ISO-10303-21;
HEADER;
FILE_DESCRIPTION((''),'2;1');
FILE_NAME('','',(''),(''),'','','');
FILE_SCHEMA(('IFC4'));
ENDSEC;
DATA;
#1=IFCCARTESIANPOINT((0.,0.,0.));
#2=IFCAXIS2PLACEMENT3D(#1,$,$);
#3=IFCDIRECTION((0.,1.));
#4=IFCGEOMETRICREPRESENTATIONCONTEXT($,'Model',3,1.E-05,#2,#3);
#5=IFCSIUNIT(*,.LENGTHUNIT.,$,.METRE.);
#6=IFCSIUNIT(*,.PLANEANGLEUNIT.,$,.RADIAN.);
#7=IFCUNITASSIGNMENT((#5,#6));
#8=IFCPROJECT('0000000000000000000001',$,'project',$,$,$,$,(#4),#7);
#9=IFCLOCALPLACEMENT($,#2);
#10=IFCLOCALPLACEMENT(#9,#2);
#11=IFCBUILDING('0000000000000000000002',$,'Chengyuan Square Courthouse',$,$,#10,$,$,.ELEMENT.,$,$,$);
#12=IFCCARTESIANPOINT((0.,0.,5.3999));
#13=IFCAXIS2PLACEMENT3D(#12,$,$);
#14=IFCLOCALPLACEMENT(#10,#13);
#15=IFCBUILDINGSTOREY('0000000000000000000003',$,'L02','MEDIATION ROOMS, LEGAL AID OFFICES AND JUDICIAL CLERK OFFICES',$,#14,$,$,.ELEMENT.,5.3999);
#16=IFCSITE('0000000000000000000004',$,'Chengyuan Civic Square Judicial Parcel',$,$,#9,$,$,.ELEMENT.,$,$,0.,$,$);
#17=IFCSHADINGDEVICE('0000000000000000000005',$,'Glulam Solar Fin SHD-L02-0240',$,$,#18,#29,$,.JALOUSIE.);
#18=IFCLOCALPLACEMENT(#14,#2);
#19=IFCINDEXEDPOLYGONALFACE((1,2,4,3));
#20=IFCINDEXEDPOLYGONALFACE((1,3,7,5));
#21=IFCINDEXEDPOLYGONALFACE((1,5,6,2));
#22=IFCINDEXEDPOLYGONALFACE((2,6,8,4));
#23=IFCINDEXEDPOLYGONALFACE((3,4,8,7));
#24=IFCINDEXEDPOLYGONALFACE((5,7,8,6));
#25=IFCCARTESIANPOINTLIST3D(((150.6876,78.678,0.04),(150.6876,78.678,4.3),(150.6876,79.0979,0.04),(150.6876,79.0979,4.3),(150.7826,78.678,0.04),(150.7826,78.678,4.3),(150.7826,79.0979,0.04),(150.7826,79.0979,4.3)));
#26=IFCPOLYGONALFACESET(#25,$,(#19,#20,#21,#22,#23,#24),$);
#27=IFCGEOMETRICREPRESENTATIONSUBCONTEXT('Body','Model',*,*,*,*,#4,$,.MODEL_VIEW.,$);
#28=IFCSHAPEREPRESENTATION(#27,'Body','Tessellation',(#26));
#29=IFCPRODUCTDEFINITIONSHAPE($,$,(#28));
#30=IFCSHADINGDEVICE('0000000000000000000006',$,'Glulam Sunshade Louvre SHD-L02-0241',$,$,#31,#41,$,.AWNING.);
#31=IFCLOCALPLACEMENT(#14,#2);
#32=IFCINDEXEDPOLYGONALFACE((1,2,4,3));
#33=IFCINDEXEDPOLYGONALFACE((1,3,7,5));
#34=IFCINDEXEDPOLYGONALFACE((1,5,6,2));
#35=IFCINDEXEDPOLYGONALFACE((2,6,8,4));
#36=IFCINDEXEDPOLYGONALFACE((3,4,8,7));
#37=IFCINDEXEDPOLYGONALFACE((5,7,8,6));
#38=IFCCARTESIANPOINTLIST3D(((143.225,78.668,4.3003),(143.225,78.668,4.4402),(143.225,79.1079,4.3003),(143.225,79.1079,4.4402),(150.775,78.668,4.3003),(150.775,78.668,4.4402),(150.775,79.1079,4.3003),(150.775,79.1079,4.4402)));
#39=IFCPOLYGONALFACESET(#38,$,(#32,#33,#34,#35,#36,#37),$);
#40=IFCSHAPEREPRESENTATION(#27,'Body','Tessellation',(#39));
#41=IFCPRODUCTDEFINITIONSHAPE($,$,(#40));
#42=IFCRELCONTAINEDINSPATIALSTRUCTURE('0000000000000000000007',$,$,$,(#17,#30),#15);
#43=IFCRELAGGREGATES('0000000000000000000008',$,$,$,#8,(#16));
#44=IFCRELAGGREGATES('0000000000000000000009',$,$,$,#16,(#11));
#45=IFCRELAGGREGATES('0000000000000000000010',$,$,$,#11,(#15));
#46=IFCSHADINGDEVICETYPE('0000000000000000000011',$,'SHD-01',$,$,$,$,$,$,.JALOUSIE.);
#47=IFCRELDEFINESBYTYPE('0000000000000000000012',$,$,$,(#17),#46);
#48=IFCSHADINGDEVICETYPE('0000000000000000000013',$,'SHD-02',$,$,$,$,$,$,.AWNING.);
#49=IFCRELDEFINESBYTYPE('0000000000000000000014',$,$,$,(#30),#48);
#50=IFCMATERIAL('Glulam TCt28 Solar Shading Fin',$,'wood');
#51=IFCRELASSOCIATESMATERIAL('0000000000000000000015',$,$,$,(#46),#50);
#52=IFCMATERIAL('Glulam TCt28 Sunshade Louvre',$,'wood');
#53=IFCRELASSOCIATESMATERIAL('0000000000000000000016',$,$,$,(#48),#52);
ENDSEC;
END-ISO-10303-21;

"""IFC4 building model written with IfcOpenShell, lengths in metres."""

from ifc_helpers import new_model, si_unit, direction, frame, origin, origin_2d, place, context, subcontext, project, spatial, rectangle, extrude, material, type_object, element, save


model = new_model("IFC4")

# Units and contexts
model_context = context("Model", 3, precision=1e-05, world=origin(), true_north=direction((0.0, 1.0)))
body_context = subcontext(model_context, "Body", "Model", "MODEL_VIEW")
ifc_project = project(units=[si_unit("LENGTHUNIT", "METRE"), si_unit("PLANEANGLEUNIT", "RADIAN")], contexts=[model_context])

# Site, building, storey
site_placement = place(None, origin())
site = spatial("IfcSite", under=ifc_project, at=site_placement, Name="Chengyuan Civic Square Judicial Parcel", CompositionType="ELEMENT", RefElevation=0.0)
building_placement = place(site_placement, origin())
building = spatial("IfcBuilding", under=site, at=building_placement, Name="Chengyuan Square Courthouse", CompositionType="ELEMENT")
storey_placement = place(building_placement, frame((0.0, 0.0, 5.3999)))
storey = spatial("IfcBuildingStorey", under=building, at=storey_placement, Name="L02", Description="MEDIATION ROOMS, LEGAL AID OFFICES AND JUDICIAL CLERK OFFICES", CompositionType="ELEMENT", Elevation=5.3999)

# Shading devices
ifc_material_1 = material(Name="Glulam TCt28 Solar Shading Fin", Category="wood")
shading_device_type_1 = type_object("IfcShadingDeviceType", Name="SHD-01", PredefinedType="JALOUSIE", material=ifc_material_1)
for number, where, z_axis, x_axis, name in (
    (1, (150.7351, 78.8879, 0.04), (0.0, 0.0, 1.0), (0.0, 1.0, 0.0), "Glulam Solar Fin SHD-L02-0240"),
):
    element("IfcShadingDevice", number, at=place(storey_placement, frame(where, z_axis=z_axis, x_axis=x_axis)), inside=storey, type_object=shading_device_type_1, Name=name, PredefinedType="JALOUSIE", context=body_context, shape_type="SweptSolid", body=[
        extrude(rectangle(XDim=0.4199, YDim=0.095, at=origin_2d()), origin(), (0.0, 0.0, 1.0), 4.26),
    ])
ifc_material_2 = material(Name="Glulam TCt28 Sunshade Louvre", Category="wood")
shading_device_type_2 = type_object("IfcShadingDeviceType", Name="SHD-02", PredefinedType="AWNING", material=ifc_material_2)
shading_device_placement = place(storey_placement, frame((147.0, 78.8879, 4.3003), z_axis=(0.0, 0.0, 1.0), x_axis=(1.0, 0.0, 0.0)))
element("IfcShadingDevice", 2, at=shading_device_placement, inside=storey, type_object=shading_device_type_2, Name="Glulam Sunshade Louvre SHD-L02-0241", PredefinedType="AWNING", context=body_context, shape_type="SweptSolid", body=[
    extrude(rectangle(XDim=7.55, YDim=0.4399, at=origin_2d()), origin(), (0.0, 0.0, 1.0), 0.1399),
])

save(model, "model.ifc")
